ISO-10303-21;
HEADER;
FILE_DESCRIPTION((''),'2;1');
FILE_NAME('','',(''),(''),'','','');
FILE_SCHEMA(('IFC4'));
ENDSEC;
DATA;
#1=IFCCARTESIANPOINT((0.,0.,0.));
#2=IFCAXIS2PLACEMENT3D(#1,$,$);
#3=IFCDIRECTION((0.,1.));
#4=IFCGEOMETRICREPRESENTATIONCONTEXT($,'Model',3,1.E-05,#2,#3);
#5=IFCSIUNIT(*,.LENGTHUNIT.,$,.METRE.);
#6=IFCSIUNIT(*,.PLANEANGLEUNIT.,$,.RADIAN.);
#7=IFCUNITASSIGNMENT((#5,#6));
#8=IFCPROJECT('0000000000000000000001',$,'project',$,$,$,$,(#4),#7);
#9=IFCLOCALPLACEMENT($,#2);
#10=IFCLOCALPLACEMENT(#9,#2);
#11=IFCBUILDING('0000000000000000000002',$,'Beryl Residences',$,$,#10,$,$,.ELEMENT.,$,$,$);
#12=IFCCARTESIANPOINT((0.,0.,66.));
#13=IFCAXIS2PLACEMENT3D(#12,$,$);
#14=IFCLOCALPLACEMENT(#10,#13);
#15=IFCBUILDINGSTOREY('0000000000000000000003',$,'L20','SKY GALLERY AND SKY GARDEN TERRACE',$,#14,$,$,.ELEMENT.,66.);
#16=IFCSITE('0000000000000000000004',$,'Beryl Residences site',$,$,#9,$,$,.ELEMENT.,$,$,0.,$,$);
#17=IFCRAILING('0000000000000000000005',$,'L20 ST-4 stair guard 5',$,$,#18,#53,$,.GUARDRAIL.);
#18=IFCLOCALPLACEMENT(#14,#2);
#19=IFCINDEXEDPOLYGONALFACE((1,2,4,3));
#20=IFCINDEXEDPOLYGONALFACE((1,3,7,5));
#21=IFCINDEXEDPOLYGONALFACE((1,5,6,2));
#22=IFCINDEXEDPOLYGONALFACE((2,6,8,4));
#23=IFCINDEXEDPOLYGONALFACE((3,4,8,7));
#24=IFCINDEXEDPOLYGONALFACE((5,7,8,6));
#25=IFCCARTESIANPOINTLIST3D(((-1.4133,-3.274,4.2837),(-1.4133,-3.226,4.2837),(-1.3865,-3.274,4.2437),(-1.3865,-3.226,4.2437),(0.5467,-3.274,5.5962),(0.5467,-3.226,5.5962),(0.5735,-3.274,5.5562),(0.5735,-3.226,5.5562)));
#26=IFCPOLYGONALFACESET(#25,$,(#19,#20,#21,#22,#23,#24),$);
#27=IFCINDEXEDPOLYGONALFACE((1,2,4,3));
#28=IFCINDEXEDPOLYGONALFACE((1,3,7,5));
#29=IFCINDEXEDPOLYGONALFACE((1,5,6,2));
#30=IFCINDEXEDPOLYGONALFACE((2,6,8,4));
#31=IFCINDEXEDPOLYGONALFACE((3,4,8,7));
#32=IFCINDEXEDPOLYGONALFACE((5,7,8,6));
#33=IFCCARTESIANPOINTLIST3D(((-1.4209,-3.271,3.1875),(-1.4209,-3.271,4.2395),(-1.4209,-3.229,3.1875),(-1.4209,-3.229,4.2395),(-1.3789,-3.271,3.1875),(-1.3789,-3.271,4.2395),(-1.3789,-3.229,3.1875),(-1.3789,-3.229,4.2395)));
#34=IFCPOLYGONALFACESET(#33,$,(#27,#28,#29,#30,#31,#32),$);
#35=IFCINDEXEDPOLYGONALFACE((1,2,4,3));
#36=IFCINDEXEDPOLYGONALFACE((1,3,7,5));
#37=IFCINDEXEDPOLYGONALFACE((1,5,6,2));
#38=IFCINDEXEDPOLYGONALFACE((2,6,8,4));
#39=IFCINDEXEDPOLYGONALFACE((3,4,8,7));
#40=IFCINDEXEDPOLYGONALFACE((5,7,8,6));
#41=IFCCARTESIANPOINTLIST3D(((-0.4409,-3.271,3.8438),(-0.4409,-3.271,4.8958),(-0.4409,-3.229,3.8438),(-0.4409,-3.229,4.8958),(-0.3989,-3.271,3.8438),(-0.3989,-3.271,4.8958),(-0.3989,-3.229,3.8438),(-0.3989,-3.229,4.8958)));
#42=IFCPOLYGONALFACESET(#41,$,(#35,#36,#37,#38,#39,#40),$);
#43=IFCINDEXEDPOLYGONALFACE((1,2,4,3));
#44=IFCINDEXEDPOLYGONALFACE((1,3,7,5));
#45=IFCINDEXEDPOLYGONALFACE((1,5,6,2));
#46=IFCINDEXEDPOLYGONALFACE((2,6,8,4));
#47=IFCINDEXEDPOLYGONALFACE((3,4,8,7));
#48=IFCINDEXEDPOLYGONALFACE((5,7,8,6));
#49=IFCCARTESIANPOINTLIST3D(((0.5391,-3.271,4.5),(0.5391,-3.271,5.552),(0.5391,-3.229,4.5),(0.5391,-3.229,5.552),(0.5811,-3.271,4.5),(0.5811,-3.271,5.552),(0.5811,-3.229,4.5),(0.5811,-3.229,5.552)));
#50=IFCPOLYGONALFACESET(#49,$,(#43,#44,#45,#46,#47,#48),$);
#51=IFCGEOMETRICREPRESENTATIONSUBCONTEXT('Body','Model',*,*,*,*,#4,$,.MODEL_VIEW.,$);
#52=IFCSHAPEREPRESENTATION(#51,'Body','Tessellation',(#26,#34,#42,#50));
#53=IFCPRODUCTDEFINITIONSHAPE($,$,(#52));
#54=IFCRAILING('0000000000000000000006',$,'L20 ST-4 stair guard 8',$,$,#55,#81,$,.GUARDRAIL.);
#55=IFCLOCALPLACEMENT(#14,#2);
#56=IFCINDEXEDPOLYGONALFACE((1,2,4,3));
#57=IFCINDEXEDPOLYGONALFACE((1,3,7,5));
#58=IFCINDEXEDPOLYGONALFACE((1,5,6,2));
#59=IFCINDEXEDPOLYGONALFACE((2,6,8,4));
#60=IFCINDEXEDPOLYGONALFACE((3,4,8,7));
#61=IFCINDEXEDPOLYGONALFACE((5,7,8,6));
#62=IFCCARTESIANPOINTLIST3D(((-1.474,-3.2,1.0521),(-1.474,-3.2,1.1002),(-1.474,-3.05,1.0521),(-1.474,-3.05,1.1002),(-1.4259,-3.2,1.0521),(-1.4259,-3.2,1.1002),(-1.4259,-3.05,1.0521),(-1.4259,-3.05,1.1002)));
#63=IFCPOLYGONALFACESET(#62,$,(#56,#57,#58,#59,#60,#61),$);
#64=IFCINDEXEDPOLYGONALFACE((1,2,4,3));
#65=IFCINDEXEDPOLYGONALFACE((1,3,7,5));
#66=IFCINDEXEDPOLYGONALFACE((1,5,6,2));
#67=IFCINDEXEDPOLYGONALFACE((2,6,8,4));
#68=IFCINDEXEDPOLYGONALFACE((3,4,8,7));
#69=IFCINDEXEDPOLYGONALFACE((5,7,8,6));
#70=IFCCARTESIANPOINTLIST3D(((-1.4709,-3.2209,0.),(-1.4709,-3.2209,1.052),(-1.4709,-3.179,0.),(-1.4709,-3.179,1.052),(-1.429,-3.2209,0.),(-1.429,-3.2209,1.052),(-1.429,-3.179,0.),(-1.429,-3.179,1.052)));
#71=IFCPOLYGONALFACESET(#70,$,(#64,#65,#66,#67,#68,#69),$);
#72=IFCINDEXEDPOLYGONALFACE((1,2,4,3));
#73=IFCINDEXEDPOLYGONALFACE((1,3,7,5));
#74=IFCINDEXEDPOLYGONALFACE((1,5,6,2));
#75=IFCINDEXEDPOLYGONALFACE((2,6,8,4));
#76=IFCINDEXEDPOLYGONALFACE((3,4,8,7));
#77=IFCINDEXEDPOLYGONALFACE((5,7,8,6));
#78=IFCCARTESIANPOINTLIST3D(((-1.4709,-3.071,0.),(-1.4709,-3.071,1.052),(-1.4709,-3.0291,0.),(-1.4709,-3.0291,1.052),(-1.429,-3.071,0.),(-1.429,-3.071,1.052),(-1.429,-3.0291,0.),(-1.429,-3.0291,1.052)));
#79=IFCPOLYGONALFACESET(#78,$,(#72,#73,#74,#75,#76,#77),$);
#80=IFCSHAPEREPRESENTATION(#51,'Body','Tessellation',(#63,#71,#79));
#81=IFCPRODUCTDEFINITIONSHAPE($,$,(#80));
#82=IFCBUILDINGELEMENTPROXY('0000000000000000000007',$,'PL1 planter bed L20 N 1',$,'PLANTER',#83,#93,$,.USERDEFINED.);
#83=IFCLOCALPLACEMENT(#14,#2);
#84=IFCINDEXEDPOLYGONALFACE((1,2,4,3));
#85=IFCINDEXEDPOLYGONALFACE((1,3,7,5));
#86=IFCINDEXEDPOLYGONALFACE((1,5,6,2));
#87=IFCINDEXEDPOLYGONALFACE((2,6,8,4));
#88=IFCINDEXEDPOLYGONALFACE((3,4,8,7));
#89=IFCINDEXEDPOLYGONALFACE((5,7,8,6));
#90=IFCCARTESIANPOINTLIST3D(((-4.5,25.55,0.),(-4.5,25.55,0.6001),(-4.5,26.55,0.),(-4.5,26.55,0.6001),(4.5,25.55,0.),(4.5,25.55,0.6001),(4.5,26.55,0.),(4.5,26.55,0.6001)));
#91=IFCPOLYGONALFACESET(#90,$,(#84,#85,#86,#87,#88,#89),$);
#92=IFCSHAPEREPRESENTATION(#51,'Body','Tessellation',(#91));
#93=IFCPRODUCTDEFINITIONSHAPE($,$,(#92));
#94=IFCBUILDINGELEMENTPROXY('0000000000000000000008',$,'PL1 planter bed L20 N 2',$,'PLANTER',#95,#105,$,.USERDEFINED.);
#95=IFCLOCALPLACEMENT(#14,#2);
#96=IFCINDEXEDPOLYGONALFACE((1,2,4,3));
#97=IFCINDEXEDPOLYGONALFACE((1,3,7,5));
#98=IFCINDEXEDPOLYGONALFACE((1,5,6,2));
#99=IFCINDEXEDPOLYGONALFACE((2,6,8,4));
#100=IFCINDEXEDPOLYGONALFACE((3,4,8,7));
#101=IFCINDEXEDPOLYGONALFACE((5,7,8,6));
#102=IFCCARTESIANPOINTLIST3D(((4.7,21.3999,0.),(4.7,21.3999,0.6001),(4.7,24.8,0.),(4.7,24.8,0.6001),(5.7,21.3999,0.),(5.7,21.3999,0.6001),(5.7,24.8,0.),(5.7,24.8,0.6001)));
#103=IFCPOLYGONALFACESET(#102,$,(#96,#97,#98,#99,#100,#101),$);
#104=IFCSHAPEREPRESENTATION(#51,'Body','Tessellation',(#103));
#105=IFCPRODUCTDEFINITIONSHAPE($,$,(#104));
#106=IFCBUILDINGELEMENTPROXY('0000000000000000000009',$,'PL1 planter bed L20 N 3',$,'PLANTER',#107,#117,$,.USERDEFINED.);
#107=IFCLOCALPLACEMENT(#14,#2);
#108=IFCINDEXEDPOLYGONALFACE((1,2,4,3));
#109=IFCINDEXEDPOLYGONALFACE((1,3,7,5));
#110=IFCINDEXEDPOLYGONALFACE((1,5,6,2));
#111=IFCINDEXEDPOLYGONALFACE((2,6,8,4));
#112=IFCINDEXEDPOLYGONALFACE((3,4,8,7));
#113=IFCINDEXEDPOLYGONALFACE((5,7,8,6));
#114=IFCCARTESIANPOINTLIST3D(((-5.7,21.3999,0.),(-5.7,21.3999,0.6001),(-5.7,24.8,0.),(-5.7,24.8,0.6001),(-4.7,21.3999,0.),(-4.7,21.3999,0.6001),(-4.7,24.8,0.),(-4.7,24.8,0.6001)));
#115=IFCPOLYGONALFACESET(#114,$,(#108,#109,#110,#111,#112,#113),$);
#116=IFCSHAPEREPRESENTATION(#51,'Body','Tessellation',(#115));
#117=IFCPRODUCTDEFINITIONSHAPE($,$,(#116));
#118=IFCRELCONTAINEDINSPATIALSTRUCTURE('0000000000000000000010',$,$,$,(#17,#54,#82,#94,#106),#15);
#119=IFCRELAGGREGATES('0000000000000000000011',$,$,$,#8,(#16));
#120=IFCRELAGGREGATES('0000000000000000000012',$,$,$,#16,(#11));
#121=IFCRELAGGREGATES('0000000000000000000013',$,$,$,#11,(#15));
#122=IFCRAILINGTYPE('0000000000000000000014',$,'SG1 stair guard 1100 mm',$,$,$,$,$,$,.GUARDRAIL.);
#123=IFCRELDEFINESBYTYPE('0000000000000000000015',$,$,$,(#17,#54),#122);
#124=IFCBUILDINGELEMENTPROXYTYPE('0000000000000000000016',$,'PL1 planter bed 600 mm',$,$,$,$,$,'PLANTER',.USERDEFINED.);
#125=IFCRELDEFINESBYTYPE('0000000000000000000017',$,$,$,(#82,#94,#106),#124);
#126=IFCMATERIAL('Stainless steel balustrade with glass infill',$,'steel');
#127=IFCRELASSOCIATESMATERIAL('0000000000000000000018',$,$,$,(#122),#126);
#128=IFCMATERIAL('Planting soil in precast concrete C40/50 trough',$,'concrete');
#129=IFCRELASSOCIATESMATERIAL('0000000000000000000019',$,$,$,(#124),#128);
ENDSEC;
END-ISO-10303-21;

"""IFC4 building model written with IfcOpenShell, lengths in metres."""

from ifc_helpers import new_model, si_unit, direction, frame, origin, origin_2d, place, context, subcontext, project, spatial, polyline, rectangle, outline, extrude, material, type_object, element, save


model = new_model("IFC4")

# Units and contexts
model_context = context("Model", 3, precision=1e-05, world=origin(), true_north=direction((0.0, 1.0)))
body_context = subcontext(model_context, "Body", "Model", "MODEL_VIEW")
ifc_project = project(units=[si_unit("LENGTHUNIT", "METRE"), si_unit("PLANEANGLEUNIT", "RADIAN")], contexts=[model_context])

# Site, building, storey
site_placement = place(None, origin())
site = spatial("IfcSite", under=ifc_project, at=site_placement, Name="Beryl Residences site", CompositionType="ELEMENT", RefElevation=0.0)
building_placement = place(site_placement, origin())
building = spatial("IfcBuilding", under=site, at=building_placement, Name="Beryl Residences", CompositionType="ELEMENT")
storey_placement = place(building_placement, frame((0.0, 0.0, 66.0)))
storey = spatial("IfcBuildingStorey", under=building, at=storey_placement, Name="L20", Description="SKY GALLERY AND SKY GARDEN TERRACE", CompositionType="ELEMENT", Elevation=66.0)

# Railings
ifc_material_1 = material(Name="Stainless steel balustrade with glass infill", Category="steel")
railing_type = type_object("IfcRailingType", Name="SG1 stair guard 1100 mm", PredefinedType="GUARDRAIL", material=ifc_material_1)
railing_1_placement = place(storey_placement, frame((-1.3999, -3.25, 3.1875)))
element("IfcRailing", 1, at=railing_1_placement, inside=storey, type_object=railing_type, Name="L20 ST-4 stair guard 5", PredefinedType="GUARDRAIL", context=body_context, shape_type="SweptSolid", body=[
    extrude(rectangle(XDim=0.0481, YDim=0.0481, at=origin_2d()), frame((0.0, 0.0, 1.0762), z_axis=(0.830902, 0.0, 0.556419), x_axis=(0.0, 1.0, 0.0)), (0.0, 0.0, 1.0), 2.3589),
    extrude(rectangle(XDim=0.042, YDim=0.042, at=origin_2d()), origin(), (0.0, 0.0, 1.0), 1.052),
    extrude(rectangle(XDim=0.042, YDim=0.042, at=origin_2d()), frame((0.98, 0.0, 0.6562)), (0.0, 0.0, 1.0), 1.052),
    extrude(rectangle(XDim=0.042, YDim=0.042, at=origin_2d()), frame((1.96, 0.0, 1.3125)), (0.0, 0.0, 1.0), 1.052),
])
railing_2_placement = place(storey_placement, frame((-1.45, -3.2, 0.0)))
element("IfcRailing", 2, at=railing_2_placement, inside=storey, type_object=railing_type, Name="L20 ST-4 stair guard 8", PredefinedType="GUARDRAIL", context=body_context, shape_type="SweptSolid", body=[
    extrude(rectangle(XDim=0.0481, YDim=0.0481, at=origin_2d()), frame((0.0, 0.0, 1.0762), z_axis=(0.0, 1.0, 0.0), x_axis=(-1.0, 0.0, 0.0)), (0.0, 0.0, 1.0), 0.1499),
    extrude(rectangle(XDim=0.042, YDim=0.042, at=origin_2d()), origin(), (0.0, 0.0, 1.0), 1.052),
    extrude(rectangle(XDim=0.042, YDim=0.042, at=origin_2d()), frame((0.0, 0.1499, 0.0)), (0.0, 0.0, 1.0), 1.052),
])

# Building element proxies
ifc_material_2 = material(Name="Planting soil in precast concrete C40/50 trough", Category="concrete")
building_element_proxy_type = type_object("IfcBuildingElementProxyType", Name="PL1 planter bed 600 mm", ElementType="PLANTER", PredefinedType="USERDEFINED", material=ifc_material_2)
proxy_1_placement = place(storey_placement, origin())
element("IfcBuildingElementProxy", 3, at=proxy_1_placement, inside=storey, type_object=building_element_proxy_type, Name="PL1 planter bed L20 N 1", ObjectType="PLANTER", PredefinedType="USERDEFINED", context=body_context, shape_type="SweptSolid", body=[
    extrude(outline(polyline([(4.5, 26.55), (-4.5, 26.55), (-4.5, 25.55), (4.5, 25.55), (4.5, 26.55)])), origin(), (0.0, 0.0, 1.0), 0.6001),
])
proxy_2_placement = place(storey_placement, origin())
element("IfcBuildingElementProxy", 4, at=proxy_2_placement, inside=storey, type_object=building_element_proxy_type, Name="PL1 planter bed L20 N 2", ObjectType="PLANTER", PredefinedType="USERDEFINED", context=body_context, shape_type="SweptSolid", body=[
    extrude(outline(polyline([(5.7, 24.8), (4.7, 24.8), (4.7, 21.3999), (5.7, 21.3999), (5.7, 24.8)])), origin(), (0.0, 0.0, 1.0), 0.6001),
])
proxy_3_placement = place(storey_placement, origin())
element("IfcBuildingElementProxy", 5, at=proxy_3_placement, inside=storey, type_object=building_element_proxy_type, Name="PL1 planter bed L20 N 3", ObjectType="PLANTER", PredefinedType="USERDEFINED", context=body_context, shape_type="SweptSolid", body=[
    extrude(outline(polyline([(-4.7, 24.8), (-5.7, 24.8), (-5.7, 21.3999), (-4.7, 21.3999), (-4.7, 24.8)])), origin(), (0.0, 0.0, 1.0), 0.6001),
])

save(model, "model.ifc")
